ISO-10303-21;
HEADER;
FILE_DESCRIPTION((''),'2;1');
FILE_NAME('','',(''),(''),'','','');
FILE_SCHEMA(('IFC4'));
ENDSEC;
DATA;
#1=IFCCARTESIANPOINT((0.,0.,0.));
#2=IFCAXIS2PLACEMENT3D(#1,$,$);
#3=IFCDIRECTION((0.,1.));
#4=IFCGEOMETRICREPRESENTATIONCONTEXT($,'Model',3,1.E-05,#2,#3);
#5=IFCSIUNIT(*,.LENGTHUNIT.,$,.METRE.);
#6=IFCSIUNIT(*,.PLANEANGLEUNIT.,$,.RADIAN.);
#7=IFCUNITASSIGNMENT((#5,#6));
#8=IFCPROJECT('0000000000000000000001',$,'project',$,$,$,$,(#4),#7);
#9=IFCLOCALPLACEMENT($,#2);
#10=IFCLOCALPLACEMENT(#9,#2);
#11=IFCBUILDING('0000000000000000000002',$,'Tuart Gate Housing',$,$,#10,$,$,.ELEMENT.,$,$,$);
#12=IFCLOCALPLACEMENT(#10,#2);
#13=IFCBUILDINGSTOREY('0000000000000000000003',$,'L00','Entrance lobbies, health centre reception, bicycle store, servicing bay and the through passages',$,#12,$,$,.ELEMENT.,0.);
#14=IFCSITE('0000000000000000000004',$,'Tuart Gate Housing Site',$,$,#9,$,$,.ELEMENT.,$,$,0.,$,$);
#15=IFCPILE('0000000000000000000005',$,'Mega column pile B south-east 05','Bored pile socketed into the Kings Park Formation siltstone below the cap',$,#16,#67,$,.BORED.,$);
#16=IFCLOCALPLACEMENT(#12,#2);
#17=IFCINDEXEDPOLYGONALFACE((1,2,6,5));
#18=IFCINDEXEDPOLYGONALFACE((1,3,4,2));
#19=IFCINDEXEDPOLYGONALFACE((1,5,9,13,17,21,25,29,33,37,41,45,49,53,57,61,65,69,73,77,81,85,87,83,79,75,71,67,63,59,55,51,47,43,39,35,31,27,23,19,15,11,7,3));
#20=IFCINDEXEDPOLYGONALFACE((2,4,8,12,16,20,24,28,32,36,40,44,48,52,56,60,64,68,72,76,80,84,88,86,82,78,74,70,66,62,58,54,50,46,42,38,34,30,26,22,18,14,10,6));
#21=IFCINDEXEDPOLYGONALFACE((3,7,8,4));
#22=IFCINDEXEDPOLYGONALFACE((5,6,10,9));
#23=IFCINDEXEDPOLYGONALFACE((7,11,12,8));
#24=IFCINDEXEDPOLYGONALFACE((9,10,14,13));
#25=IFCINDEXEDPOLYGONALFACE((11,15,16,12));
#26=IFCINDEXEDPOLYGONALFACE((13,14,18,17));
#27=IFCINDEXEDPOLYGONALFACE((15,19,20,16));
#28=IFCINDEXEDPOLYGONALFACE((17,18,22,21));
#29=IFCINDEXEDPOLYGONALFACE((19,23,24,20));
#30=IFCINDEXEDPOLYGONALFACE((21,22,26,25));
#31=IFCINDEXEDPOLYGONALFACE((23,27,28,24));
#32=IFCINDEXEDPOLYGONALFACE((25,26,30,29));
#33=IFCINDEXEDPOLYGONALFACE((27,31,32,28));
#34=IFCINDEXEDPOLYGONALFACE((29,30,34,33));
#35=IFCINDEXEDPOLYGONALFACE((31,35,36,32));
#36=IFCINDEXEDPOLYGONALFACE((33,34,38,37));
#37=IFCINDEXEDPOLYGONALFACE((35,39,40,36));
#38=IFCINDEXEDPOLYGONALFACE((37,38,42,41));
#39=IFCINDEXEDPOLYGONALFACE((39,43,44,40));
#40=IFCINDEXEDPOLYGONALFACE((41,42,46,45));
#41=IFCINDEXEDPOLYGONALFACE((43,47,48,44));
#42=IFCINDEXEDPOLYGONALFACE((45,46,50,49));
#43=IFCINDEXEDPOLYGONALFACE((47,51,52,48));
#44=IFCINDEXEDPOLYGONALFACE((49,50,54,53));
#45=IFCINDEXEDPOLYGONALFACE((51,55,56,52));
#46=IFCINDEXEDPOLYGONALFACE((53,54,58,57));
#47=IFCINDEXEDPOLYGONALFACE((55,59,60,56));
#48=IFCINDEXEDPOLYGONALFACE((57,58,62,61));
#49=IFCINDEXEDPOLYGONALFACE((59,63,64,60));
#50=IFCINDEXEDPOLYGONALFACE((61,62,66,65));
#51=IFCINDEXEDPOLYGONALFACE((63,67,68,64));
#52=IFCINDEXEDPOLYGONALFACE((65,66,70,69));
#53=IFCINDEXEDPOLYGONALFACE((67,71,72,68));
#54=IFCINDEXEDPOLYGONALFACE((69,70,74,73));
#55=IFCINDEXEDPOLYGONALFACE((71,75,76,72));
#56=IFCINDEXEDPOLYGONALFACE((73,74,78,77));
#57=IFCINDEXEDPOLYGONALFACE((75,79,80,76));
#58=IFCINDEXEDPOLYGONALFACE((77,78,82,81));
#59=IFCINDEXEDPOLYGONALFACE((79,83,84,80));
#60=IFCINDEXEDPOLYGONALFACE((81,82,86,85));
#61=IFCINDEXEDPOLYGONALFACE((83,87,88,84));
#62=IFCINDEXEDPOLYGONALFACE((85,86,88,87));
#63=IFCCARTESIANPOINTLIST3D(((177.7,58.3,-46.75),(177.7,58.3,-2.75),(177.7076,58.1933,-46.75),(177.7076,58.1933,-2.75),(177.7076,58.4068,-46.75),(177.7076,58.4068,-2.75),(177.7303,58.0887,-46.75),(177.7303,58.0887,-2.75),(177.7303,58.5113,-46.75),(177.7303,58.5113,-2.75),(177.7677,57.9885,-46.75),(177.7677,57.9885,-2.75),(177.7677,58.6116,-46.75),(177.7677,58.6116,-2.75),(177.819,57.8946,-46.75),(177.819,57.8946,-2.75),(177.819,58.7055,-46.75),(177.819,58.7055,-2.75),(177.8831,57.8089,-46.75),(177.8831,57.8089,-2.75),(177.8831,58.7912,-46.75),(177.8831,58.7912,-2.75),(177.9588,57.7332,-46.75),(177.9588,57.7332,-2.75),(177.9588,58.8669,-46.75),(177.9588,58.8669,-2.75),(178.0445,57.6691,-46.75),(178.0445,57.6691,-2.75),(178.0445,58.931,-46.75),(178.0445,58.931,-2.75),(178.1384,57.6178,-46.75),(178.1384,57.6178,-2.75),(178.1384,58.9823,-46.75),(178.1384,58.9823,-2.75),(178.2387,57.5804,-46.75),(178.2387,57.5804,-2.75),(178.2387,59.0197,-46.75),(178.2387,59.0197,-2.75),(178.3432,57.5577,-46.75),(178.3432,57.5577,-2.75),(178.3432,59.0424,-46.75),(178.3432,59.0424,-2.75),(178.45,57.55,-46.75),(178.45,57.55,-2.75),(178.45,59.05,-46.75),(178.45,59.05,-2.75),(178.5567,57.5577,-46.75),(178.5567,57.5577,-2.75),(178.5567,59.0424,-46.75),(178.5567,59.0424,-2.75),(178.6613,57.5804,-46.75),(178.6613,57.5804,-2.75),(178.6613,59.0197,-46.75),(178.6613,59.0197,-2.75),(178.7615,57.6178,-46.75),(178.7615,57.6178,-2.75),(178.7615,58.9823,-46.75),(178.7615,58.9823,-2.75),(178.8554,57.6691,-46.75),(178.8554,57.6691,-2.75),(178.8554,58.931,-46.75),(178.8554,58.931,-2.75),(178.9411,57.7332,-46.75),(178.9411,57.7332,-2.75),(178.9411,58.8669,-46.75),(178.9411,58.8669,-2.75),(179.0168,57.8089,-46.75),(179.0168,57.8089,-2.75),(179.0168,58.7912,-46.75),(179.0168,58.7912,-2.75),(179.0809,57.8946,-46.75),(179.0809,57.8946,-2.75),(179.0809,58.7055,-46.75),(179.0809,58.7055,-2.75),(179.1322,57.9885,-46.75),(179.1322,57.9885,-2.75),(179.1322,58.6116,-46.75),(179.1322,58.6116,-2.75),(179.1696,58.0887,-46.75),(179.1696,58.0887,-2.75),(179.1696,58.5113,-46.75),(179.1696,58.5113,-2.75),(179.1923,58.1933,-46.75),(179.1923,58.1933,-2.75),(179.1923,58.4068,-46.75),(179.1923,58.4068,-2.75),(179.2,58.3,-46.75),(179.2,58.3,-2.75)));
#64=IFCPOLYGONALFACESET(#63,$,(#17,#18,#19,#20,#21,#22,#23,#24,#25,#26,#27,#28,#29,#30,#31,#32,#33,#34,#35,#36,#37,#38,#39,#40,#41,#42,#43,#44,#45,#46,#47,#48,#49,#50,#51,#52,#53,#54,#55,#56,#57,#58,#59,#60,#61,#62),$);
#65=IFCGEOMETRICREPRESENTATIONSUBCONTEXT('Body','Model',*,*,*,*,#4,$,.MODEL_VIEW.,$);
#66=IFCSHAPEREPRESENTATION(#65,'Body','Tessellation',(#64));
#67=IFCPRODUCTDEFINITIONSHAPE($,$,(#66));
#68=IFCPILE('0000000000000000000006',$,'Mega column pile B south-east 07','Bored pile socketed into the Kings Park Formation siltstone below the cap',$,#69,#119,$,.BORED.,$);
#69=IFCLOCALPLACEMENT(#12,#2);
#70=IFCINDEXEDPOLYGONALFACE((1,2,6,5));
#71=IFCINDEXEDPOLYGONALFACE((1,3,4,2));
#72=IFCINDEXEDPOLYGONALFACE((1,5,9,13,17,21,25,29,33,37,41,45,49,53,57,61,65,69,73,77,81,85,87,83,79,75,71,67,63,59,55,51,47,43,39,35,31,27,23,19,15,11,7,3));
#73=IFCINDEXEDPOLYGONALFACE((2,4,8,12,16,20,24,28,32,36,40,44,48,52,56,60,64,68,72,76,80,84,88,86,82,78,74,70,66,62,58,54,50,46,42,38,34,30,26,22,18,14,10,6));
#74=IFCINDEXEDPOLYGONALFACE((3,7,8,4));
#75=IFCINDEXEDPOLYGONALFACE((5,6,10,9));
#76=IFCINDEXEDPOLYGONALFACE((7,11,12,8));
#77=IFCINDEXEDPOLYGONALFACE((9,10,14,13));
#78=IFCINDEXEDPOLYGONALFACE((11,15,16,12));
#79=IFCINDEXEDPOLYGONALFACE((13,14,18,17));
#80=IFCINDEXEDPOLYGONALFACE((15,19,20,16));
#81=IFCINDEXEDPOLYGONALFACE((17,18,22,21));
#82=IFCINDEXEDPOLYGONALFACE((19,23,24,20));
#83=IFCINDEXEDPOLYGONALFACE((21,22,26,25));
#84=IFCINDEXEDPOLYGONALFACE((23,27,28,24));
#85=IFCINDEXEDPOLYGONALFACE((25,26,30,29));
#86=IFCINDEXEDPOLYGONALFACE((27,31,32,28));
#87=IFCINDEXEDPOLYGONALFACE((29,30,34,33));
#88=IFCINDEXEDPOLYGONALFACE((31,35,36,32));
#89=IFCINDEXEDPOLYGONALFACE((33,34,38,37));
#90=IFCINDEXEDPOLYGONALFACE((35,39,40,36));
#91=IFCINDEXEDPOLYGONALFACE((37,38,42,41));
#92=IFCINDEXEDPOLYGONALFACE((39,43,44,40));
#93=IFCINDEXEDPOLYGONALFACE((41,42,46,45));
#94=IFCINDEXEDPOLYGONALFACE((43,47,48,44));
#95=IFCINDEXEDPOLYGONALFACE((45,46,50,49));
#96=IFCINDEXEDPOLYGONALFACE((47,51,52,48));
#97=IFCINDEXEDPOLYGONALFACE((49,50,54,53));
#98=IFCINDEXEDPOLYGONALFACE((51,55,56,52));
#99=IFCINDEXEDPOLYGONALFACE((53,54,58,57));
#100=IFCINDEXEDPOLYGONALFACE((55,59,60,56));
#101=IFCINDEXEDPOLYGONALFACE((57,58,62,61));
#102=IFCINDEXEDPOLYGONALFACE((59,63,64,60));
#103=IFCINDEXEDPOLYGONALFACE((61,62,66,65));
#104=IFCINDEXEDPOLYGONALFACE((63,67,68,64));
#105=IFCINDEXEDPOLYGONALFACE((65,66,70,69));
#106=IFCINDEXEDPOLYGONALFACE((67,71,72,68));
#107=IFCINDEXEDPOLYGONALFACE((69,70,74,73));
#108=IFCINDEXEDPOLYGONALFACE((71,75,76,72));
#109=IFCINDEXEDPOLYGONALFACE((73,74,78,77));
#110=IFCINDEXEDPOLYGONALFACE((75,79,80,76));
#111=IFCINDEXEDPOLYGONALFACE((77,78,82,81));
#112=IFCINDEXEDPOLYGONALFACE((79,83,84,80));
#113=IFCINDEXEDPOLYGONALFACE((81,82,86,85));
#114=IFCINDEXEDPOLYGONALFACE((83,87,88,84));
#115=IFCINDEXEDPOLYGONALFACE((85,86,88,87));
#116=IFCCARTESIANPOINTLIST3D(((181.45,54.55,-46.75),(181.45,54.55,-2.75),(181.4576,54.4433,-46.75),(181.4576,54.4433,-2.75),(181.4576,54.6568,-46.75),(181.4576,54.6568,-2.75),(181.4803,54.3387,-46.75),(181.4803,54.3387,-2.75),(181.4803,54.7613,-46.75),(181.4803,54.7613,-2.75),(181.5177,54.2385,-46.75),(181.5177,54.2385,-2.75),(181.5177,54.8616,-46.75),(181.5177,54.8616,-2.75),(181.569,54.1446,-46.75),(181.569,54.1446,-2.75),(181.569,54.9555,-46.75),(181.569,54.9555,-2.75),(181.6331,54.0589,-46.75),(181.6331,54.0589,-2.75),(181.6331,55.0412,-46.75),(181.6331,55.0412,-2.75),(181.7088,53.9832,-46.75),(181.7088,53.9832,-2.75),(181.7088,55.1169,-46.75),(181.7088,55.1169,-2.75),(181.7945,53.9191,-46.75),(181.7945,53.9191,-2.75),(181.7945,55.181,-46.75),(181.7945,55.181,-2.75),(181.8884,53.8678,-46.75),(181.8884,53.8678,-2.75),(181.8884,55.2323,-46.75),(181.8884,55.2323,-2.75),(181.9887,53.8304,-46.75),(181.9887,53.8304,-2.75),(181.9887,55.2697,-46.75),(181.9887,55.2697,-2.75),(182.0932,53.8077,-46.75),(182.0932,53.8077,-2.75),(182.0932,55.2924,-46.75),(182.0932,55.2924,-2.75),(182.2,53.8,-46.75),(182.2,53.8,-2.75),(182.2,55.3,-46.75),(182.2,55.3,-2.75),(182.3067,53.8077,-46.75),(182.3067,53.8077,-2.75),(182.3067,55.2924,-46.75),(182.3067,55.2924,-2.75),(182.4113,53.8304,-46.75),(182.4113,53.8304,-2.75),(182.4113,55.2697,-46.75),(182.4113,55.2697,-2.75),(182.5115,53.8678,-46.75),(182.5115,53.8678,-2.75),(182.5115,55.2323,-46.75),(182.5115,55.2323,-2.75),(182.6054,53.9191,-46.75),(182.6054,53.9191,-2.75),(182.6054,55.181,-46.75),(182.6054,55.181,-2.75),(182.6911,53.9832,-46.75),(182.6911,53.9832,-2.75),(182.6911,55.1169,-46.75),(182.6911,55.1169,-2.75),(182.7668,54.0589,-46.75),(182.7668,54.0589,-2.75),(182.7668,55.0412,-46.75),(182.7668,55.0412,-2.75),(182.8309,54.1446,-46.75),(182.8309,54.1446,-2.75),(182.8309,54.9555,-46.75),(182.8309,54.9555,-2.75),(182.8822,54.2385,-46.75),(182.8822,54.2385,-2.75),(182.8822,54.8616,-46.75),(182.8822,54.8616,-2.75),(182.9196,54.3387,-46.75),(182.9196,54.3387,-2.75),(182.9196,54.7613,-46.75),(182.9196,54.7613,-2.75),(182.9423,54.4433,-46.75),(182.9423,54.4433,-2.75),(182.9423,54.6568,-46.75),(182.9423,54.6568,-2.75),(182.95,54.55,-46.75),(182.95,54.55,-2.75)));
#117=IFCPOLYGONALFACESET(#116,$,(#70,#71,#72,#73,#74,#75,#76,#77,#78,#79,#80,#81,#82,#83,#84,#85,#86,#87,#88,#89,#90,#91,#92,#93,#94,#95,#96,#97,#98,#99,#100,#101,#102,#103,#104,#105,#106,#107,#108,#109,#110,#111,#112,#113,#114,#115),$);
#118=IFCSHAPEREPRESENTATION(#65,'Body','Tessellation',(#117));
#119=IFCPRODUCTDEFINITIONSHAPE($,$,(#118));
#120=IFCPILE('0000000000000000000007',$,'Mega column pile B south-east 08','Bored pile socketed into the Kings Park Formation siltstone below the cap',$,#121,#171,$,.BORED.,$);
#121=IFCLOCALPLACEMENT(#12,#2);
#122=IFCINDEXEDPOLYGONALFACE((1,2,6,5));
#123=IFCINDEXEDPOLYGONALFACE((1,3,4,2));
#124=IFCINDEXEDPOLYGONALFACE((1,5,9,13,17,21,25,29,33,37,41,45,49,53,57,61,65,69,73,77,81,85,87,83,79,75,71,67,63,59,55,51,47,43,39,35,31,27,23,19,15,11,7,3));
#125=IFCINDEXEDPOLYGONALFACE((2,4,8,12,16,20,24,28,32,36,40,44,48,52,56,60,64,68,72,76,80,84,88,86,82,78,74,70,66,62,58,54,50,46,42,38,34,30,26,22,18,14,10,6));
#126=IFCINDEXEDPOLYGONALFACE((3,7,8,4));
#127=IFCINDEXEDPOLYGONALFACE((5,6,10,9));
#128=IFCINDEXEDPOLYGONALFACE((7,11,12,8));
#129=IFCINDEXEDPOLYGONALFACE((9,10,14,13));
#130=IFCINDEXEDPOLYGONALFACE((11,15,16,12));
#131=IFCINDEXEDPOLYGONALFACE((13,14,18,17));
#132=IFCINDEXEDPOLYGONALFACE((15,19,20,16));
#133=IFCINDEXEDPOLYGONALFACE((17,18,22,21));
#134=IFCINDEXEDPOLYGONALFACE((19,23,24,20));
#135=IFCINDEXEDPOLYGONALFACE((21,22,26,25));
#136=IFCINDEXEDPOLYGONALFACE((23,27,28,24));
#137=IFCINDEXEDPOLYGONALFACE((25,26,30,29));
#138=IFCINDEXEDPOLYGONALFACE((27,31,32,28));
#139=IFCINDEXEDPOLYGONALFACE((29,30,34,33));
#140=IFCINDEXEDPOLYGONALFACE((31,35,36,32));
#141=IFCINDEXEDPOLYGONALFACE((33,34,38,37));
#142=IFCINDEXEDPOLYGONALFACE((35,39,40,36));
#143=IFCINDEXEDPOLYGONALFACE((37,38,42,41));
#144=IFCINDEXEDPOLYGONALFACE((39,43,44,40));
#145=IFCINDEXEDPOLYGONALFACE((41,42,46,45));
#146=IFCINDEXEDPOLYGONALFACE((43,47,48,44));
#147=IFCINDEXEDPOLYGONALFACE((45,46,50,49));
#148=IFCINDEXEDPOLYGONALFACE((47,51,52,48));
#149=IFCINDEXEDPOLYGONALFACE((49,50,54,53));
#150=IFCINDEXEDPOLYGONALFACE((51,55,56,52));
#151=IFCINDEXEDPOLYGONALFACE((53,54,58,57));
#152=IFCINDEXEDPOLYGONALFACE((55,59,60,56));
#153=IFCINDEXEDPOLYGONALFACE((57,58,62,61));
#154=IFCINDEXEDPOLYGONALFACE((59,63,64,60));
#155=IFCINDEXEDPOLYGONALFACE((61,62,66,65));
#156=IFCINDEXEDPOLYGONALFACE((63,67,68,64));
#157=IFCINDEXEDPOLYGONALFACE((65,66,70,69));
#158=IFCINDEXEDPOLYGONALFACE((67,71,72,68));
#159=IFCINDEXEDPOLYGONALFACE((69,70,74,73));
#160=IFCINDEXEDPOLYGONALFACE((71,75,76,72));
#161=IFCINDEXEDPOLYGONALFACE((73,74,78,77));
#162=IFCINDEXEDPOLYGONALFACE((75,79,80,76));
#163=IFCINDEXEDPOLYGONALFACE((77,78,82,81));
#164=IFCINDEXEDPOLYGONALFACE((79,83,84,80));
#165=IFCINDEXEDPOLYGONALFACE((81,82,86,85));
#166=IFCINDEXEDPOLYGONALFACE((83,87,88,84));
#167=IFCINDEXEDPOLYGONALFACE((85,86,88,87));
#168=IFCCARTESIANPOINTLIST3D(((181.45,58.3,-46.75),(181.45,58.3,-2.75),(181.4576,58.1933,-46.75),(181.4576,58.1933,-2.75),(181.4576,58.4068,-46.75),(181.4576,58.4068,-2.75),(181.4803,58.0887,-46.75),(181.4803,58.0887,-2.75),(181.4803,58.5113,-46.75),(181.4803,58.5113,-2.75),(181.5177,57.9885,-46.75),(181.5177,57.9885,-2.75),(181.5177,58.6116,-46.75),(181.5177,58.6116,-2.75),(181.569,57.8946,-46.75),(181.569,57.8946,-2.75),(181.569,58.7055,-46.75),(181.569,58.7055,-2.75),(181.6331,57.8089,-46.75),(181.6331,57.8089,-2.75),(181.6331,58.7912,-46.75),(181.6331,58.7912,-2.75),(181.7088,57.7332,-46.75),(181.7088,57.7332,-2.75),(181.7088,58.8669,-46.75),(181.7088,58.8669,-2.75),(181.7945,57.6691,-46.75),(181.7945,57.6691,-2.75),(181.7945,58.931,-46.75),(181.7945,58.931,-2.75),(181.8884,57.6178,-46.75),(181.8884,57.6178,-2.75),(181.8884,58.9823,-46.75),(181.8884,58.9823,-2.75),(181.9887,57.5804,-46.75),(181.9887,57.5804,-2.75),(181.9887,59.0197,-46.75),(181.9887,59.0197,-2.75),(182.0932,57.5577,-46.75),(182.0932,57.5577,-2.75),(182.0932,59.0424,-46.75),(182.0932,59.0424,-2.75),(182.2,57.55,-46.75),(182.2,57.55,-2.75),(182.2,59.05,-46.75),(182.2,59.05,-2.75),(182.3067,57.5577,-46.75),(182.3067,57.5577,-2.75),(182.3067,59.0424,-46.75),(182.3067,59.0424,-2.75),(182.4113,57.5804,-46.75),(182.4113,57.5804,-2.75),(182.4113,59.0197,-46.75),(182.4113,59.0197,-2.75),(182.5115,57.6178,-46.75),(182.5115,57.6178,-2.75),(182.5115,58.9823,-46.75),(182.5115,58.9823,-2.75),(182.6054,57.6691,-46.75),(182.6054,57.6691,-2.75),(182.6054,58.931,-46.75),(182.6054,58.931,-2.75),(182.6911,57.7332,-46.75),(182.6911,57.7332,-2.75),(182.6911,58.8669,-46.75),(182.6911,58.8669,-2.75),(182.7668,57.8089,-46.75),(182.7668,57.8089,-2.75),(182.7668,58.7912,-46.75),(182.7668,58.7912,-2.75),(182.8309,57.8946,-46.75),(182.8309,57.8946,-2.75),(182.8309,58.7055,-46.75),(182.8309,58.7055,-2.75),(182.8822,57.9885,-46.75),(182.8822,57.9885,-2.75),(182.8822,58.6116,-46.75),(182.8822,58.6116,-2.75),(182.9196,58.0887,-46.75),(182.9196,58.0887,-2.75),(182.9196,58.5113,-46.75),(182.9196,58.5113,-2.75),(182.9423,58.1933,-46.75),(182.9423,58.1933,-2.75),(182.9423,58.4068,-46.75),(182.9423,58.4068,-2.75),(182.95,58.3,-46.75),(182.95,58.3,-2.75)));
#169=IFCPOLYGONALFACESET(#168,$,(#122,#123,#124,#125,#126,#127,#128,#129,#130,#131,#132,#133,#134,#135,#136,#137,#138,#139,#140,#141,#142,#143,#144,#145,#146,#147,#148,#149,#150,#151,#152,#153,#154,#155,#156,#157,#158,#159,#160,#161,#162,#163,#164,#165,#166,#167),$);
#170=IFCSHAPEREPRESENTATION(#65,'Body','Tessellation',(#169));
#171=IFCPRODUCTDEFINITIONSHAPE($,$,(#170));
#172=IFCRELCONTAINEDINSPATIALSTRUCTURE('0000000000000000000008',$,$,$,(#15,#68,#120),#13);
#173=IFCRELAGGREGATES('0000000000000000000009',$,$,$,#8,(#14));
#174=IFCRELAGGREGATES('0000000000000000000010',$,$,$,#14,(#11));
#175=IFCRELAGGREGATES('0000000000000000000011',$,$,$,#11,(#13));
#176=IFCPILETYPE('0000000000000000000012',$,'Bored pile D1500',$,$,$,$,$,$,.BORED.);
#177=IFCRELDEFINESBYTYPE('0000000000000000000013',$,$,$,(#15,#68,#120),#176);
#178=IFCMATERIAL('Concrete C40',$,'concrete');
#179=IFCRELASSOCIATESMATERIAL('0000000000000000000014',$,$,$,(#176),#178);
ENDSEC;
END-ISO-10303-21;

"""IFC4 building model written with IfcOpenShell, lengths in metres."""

from ifc_helpers import new_model, si_unit, direction, frame, origin, origin_2d, place, context, subcontext, project, spatial, circle, extrude, material, material_profile, profile_set, type_object, element, save


model = new_model("IFC4")

# Units and contexts
model_context = context("Model", 3, precision=1e-05, world=origin(), true_north=direction((0.0, 1.0)))
body_context = subcontext(model_context, "Body", "Model", "MODEL_VIEW")
ifc_project = project(units=[si_unit("LENGTHUNIT", "METRE"), si_unit("PLANEANGLEUNIT", "RADIAN")], contexts=[model_context])

# Site, building, storey
site_placement = place(None, origin())
site = spatial("IfcSite", under=ifc_project, at=site_placement, Name="Tuart Gate Housing Site", CompositionType="ELEMENT", RefElevation=0.0)
building_placement = place(site_placement, origin())
building = spatial("IfcBuilding", under=site, at=building_placement, Name="Tuart Gate Housing", CompositionType="ELEMENT")
storey_placement = place(building_placement, origin())
storey = spatial("IfcBuildingStorey", under=building, at=storey_placement, Name="L00", Description="Entrance lobbies, health centre reception, bicycle store, servicing bay and the through passages", CompositionType="ELEMENT", Elevation=0.0)

# Piles
ifc_material_1 = material(Name="Concrete C40", Category="concrete")
ifc_material_profile_1 = material_profile(ifc_material_1, circle(Radius=0.75, at=origin_2d()), Name="Bored pile D1500")
ifc_profile_set_1 = profile_set([ifc_material_profile_1], Name="Concrete C40")
pile_type = type_object("IfcPileType", Name="Bored pile D1500", PredefinedType="BORED", material=ifc_profile_set_1)
for number, where, z_axis, x_axis, name in (
    (1, (178.45, 58.3, -2.75), (0.0, 0.0, -1.0), (1.0, 0.0, 0.0), "Mega column pile B south-east 05"),
    (2, (182.2, 54.55, -2.75), (0.0, 0.0, -1.0), (1.0, 0.0, 0.0), "Mega column pile B south-east 07"),
    (3, (182.2, 58.3, -2.75), (0.0, 0.0, -1.0), (1.0, 0.0, 0.0), "Mega column pile B south-east 08"),
):
    element("IfcPile", number, at=place(storey_placement, frame(where, z_axis=z_axis, x_axis=x_axis)), inside=storey, type_object=pile_type, Name=name, Description="Bored pile socketed into the Kings Park Formation siltstone below the cap", PredefinedType="BORED", context=body_context, shape_type="SweptSolid", body=[
        extrude(circle(Radius=0.75, at=origin_2d()), origin(), (0.0, 0.0, 1.0), 44.0),
    ])

save(model, "model.ifc")
